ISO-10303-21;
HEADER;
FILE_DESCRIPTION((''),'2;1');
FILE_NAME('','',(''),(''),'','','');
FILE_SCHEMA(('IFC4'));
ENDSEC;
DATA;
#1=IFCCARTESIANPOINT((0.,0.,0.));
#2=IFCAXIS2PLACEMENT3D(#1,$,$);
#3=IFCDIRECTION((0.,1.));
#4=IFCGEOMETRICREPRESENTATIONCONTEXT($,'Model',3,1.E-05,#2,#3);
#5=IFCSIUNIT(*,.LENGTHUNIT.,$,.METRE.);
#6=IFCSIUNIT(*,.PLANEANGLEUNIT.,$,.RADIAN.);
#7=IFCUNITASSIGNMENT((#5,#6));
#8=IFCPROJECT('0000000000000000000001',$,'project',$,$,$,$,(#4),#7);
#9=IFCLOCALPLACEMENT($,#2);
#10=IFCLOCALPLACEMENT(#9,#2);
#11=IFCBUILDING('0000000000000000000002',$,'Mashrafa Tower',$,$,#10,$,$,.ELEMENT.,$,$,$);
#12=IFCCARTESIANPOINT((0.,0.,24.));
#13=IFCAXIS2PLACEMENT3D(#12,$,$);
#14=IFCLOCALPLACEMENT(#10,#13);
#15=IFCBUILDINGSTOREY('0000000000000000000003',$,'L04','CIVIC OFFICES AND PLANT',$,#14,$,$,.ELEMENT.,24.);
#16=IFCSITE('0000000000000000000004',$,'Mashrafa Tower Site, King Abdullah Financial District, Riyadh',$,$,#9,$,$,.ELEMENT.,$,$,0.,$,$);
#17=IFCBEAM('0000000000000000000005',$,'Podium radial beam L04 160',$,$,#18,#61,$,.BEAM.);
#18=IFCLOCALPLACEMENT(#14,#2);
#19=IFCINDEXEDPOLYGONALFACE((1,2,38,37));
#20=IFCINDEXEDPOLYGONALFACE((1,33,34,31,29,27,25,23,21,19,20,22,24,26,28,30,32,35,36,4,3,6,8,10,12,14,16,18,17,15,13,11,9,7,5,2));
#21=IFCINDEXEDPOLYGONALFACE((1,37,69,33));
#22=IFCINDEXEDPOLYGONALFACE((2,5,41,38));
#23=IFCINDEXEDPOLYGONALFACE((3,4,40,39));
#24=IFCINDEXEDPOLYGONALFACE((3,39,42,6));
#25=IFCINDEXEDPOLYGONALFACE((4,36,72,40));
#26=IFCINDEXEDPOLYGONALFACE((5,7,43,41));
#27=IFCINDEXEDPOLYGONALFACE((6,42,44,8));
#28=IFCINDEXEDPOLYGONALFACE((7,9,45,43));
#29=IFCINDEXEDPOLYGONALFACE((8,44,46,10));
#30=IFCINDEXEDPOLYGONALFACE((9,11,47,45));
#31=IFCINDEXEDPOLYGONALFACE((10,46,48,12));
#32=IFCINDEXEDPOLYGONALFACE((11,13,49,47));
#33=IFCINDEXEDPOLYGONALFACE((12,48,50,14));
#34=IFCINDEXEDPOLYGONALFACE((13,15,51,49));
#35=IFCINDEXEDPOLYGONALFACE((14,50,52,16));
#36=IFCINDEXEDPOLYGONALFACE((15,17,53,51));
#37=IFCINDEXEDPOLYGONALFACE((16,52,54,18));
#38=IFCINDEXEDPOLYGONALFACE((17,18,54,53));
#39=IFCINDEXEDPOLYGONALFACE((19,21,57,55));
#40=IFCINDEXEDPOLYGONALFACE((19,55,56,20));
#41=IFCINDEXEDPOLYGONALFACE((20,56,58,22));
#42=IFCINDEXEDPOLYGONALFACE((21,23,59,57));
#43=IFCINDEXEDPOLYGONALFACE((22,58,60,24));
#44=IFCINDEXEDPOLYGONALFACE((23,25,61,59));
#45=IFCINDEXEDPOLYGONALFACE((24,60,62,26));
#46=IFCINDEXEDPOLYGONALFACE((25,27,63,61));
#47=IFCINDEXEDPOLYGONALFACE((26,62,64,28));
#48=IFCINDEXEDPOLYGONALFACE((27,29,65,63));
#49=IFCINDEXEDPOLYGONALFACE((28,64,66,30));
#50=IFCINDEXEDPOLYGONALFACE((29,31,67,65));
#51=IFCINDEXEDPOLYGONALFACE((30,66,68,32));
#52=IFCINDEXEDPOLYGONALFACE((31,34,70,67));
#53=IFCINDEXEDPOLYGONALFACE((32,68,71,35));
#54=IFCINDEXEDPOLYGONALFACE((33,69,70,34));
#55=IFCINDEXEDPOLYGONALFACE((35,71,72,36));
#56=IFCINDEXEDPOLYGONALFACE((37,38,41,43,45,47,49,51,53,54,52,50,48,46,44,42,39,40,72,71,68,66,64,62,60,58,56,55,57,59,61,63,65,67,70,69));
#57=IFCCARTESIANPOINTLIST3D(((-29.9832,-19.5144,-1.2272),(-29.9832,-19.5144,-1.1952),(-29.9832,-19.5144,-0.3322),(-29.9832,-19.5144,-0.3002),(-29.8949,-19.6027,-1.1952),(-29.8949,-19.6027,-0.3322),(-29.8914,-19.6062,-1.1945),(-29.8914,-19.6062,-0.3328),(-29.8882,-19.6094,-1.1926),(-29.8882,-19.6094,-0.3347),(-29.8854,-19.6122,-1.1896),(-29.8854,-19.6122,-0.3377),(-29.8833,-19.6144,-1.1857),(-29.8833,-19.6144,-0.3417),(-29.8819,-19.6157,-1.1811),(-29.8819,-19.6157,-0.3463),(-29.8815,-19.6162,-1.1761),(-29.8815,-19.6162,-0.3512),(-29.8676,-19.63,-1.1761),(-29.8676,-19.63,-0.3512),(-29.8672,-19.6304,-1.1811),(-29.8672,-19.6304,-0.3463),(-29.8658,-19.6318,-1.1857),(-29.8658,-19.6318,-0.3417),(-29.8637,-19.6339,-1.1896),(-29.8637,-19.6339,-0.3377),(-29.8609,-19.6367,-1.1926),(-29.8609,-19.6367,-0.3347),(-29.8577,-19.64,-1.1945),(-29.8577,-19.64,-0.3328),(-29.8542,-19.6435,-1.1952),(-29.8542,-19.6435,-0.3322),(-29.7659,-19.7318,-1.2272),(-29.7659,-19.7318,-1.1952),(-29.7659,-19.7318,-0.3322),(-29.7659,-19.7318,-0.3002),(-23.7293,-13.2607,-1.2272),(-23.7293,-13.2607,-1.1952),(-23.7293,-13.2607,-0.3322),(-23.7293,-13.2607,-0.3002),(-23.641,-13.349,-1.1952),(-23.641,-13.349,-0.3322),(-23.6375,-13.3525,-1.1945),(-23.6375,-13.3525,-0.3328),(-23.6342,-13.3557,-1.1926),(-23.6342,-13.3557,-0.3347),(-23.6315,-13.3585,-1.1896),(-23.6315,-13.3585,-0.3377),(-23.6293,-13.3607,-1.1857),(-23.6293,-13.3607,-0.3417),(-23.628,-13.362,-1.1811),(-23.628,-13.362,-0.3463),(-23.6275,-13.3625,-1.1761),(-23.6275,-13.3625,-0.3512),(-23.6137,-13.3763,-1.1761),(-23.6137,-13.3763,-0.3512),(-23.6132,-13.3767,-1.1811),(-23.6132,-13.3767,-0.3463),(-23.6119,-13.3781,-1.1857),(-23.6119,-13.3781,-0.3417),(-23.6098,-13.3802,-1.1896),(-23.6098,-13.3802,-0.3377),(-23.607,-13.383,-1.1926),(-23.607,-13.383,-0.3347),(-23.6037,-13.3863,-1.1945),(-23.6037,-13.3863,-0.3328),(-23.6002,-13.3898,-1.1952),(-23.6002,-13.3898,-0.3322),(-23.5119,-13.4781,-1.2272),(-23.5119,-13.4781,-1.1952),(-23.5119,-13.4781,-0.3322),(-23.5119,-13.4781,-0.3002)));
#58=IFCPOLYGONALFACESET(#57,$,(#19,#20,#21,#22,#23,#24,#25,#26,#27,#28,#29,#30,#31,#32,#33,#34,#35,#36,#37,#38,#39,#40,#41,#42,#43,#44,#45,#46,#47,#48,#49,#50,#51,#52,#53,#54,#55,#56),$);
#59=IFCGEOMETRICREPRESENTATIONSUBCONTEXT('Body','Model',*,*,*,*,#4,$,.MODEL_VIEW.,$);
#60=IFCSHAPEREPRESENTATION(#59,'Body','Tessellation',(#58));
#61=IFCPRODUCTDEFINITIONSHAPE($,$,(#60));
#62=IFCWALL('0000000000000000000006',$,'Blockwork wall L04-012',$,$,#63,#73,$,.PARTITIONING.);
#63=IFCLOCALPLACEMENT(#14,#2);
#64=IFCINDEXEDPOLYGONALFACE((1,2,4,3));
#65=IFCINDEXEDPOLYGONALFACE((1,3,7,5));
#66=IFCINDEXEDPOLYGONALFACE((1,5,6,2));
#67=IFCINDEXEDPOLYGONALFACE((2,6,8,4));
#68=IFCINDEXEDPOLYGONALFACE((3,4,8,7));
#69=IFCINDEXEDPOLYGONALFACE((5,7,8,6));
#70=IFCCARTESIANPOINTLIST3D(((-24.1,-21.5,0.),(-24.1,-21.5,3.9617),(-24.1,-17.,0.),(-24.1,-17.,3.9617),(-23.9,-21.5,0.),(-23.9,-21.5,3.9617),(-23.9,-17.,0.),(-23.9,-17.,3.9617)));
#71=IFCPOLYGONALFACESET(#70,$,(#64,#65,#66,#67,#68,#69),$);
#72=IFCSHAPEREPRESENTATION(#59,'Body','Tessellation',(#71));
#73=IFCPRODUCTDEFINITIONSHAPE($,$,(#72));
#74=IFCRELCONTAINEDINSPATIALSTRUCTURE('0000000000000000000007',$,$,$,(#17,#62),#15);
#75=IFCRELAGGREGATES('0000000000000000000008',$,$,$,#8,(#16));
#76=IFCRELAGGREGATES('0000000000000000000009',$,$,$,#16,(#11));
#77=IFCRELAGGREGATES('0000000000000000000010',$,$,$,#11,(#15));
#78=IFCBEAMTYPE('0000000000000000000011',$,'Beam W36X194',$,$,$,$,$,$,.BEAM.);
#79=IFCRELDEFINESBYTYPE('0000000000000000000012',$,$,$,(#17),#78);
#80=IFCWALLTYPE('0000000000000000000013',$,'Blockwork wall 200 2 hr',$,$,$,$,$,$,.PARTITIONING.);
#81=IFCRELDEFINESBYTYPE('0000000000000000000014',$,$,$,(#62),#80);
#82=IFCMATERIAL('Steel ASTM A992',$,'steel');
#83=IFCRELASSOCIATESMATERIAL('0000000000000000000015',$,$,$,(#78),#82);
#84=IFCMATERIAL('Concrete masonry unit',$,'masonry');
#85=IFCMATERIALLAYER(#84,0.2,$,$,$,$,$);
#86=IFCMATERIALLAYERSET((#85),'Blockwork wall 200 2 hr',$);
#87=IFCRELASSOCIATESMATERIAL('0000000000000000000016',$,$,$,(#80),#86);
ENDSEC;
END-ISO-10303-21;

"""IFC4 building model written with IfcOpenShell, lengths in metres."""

from ifc_helpers import new_model, si_unit, direction, frame, frame_2d, origin, origin_2d, place, context, subcontext, project, spatial, rectangle, i_section, extrude, material, layer, layer_set, material_profile, profile_set, type_object, element, save


model = new_model("IFC4")

# Units and contexts
model_context = context("Model", 3, precision=1e-05, world=origin(), true_north=direction((0.0, 1.0)))
body_context = subcontext(model_context, "Body", "Model", "MODEL_VIEW")
ifc_project = project(units=[si_unit("LENGTHUNIT", "METRE"), si_unit("PLANEANGLEUNIT", "RADIAN")], contexts=[model_context])

# Site, building, storey
site_placement = place(None, origin())
site = spatial("IfcSite", under=ifc_project, at=site_placement, Name="Mashrafa Tower Site, King Abdullah Financial District, Riyadh", CompositionType="ELEMENT", RefElevation=0.0)
building_placement = place(site_placement, origin())
building = spatial("IfcBuilding", under=site, at=building_placement, Name="Mashrafa Tower", CompositionType="ELEMENT")
storey_placement = place(building_placement, frame((0.0, 0.0, 24.0)))
storey = spatial("IfcBuildingStorey", under=building, at=storey_placement, Name="L04", Description="CIVIC OFFICES AND PLANT", CompositionType="ELEMENT", Elevation=24.0)

# Beam
ifc_material_1 = material(Name="Steel ASTM A992", Category="steel")
ifc_material_profile_1 = material_profile(ifc_material_1, i_section(OverallWidth=0.3074, OverallDepth=0.927, WebThickness=0.0195, FlangeThickness=0.032, FilletRadius=0.019, at=origin_2d()), Name="W36X194")
ifc_profile_set_1 = profile_set([ifc_material_profile_1], Name="Steel ASTM A992")
beam_type_1 = type_object("IfcBeamType", Name="Beam W36X194", PredefinedType="BEAM", material=ifc_profile_set_1)
beam_1_placement = place(storey_placement, frame((-23.6206, -13.3694, -0.7637), z_axis=(-0.707121, -0.707093, 0.0), x_axis=(0.707093, -0.707121, 0.0)))
element("IfcBeam", 1, at=beam_1_placement, inside=storey, type_object=beam_type_1, Name="Podium radial beam L04 160", PredefinedType="BEAM", context=body_context, shape_type="SweptSolid", body=[
    extrude(i_section(OverallWidth=0.3074, OverallDepth=0.927, WebThickness=0.0195, FlangeThickness=0.032, FilletRadius=0.019, at=origin_2d()), origin(), (0.0, 0.0, 1.0), 8.8442),
])

# Wall
ifc_material_2 = material(Name="Concrete masonry unit", Category="masonry")
ifc_layer = layer(ifc_material_2, 0.2)
ifc_layer_set = layer_set([ifc_layer], Name="Blockwork wall 200 2 hr")
wall_type = type_object("IfcWallType", Name="Blockwork wall 200 2 hr", PredefinedType="PARTITIONING", material=ifc_layer_set)
wall_1_placement = place(storey_placement, frame((-24.0, -21.5, 0.0), z_axis=(0.0, 0.0, 1.0), x_axis=(0.0, 1.0, 0.0)))
element("IfcWall", 2, at=wall_1_placement, inside=storey, type_object=wall_type, Name="Blockwork wall L04-012", PredefinedType="PARTITIONING", context=body_context, shape_type="SweptSolid", body=[
    extrude(rectangle(XDim=4.5, YDim=0.2, at=frame_2d((2.25, 0.0))), origin(), (0.0, 0.0, 1.0), 3.9617),
])

save(model, "model.ifc")
